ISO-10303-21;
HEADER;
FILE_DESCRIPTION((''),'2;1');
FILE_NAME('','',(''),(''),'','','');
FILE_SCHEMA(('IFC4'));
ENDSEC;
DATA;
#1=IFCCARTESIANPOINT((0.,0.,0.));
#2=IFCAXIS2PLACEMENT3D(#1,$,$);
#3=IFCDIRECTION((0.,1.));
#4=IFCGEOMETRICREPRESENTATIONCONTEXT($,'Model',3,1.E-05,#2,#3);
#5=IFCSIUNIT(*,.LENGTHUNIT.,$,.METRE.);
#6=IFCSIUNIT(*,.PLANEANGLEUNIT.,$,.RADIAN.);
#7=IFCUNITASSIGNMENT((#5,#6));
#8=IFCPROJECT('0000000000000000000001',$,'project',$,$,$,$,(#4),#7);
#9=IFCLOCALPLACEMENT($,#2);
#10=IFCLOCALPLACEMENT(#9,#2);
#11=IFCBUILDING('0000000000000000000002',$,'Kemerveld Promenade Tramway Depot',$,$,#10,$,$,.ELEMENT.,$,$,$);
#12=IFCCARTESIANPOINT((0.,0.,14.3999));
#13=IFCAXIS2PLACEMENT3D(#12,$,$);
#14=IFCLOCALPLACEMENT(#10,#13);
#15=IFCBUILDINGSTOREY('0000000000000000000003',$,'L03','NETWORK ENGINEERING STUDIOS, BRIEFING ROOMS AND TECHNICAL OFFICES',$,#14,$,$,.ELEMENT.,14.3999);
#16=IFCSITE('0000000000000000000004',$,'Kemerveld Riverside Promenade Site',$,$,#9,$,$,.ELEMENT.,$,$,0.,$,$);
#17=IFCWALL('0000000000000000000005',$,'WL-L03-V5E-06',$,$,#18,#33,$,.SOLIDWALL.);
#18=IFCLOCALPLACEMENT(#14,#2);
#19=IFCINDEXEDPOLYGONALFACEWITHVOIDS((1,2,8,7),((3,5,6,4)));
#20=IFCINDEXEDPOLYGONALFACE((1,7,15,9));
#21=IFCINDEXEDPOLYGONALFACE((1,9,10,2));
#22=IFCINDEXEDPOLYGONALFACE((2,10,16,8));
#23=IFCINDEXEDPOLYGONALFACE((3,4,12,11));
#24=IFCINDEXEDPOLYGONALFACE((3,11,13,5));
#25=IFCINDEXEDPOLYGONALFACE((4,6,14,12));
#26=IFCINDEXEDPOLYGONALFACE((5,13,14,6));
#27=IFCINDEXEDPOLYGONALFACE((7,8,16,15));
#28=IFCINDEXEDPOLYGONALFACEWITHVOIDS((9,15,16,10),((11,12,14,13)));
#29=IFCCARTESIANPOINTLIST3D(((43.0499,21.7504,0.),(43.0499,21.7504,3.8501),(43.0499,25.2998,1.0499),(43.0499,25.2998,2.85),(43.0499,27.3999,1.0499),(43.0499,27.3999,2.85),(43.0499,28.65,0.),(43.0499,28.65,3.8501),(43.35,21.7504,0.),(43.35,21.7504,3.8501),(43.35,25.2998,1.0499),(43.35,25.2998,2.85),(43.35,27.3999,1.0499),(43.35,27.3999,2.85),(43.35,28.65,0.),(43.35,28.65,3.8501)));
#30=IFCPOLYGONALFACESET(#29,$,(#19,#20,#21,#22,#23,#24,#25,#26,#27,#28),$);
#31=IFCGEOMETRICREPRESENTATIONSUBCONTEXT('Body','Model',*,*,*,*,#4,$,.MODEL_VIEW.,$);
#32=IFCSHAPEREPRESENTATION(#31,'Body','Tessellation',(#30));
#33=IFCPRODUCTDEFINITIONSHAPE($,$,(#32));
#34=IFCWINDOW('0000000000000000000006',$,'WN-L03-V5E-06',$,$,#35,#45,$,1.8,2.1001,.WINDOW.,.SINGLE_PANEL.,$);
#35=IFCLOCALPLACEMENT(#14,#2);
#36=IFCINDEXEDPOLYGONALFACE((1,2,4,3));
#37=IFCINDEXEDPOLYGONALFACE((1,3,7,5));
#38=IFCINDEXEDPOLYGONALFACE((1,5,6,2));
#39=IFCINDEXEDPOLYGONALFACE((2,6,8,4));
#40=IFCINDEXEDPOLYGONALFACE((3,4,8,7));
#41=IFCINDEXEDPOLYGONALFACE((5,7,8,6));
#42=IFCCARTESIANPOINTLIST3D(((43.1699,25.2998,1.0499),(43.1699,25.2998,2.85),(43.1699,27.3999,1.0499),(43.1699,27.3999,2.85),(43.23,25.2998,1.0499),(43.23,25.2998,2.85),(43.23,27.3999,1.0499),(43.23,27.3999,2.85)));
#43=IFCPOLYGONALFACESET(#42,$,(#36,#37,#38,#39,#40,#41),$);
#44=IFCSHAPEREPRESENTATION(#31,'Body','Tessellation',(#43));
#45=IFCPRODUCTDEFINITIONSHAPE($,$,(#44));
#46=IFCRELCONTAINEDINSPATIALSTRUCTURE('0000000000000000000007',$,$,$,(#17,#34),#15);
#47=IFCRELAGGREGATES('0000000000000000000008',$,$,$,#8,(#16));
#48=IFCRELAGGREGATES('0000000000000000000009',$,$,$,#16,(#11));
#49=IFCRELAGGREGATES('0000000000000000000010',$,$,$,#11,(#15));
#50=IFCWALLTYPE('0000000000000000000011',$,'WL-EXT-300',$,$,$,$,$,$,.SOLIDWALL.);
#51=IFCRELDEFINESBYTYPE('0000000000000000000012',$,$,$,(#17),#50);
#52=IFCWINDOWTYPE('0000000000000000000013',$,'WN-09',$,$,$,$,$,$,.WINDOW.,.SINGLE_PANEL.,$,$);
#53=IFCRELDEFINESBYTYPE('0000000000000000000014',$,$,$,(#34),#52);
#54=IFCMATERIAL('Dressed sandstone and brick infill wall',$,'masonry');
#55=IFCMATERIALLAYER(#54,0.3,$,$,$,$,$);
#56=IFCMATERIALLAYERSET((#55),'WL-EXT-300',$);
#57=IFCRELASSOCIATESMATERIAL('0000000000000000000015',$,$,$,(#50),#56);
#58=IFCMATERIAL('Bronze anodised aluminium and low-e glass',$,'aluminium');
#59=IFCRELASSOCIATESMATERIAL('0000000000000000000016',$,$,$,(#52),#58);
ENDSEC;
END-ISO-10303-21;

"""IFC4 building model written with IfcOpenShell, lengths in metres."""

from ifc_helpers import new_model, si_unit, direction, frame, frame_2d, origin, place, context, subcontext, project, spatial, rectangle, extrude, material, layer, layer_set, type_object, element, fill, save


model = new_model("IFC4")

# Units and contexts
model_context = context("Model", 3, precision=1e-05, world=origin(), true_north=direction((0.0, 1.0)))
body_context = subcontext(model_context, "Body", "Model", "MODEL_VIEW")
ifc_project = project(units=[si_unit("LENGTHUNIT", "METRE"), si_unit("PLANEANGLEUNIT", "RADIAN")], contexts=[model_context])

# Site, building, storey
site_placement = place(None, origin())
site = spatial("IfcSite", under=ifc_project, at=site_placement, Name="Kemerveld Riverside Promenade Site", CompositionType="ELEMENT", RefElevation=0.0)
building_placement = place(site_placement, origin())
building = spatial("IfcBuilding", under=site, at=building_placement, Name="Kemerveld Promenade Tramway Depot", CompositionType="ELEMENT")
storey_placement = place(building_placement, frame((0.0, 0.0, 14.3999)))
storey = spatial("IfcBuildingStorey", under=building, at=storey_placement, Name="L03", Description="NETWORK ENGINEERING STUDIOS, BRIEFING ROOMS AND TECHNICAL OFFICES", CompositionType="ELEMENT", Elevation=14.3999)

# Wall, opening, window
ifc_material_1 = material(Name="Dressed sandstone and brick infill wall", Category="masonry")
ifc_layer_1 = layer(ifc_material_1, 0.3)
ifc_layer_set_1 = layer_set([ifc_layer_1], Name="WL-EXT-300")
wall_type = type_object("IfcWallType", Name="WL-EXT-300", PredefinedType="SOLIDWALL", material=ifc_layer_set_1)
wall_placement = place(storey_placement, frame((43.2, 28.6499, 0.0), z_axis=(0.0, 0.0, 1.0), x_axis=(0.0, -1.0, 0.0)))
wall = element("IfcWall", 1, at=wall_placement, inside=storey, type_object=wall_type, Name="WL-L03-V5E-06", PredefinedType="SOLIDWALL", context=body_context, shape_type="SweptSolid", body=[
    extrude(rectangle(XDim=6.8997, YDim=0.3, at=frame_2d((3.4497, 0.0))), origin(), (0.0, 0.0, 1.0), 3.8501),
])
opening_placement = place(wall_placement, frame((1.25, 0.0, 1.05)))
opening = element("IfcOpeningElement", 2, at=opening_placement, cuts=wall, PredefinedType="OPENING", context=body_context, shape_type="SweptSolid", body=[
    extrude(rectangle(XDim=2.1001, YDim=1.8, at=frame_2d((1.05, 0.8999))), frame((0.0, 0.1599, 0.0), z_axis=(0.0, -1.0, 0.0), x_axis=(1.0, 0.0, 0.0)), (0.0, 0.0, 1.0), 0.3201),
])
ifc_material_2 = material(Name="Bronze anodised aluminium and low-e glass", Category="aluminium")
window_type = type_object("IfcWindowType", Name="WN-09", PartitioningType="SINGLE_PANEL", PredefinedType="WINDOW", material=ifc_material_2)
window_placement = place(opening_placement, origin())
window = element("IfcWindow", 3, at=window_placement, inside=storey, type_object=window_type, Name="WN-L03-V5E-06", OverallHeight=1.8, OverallWidth=2.1001, PartitioningType="SINGLE_PANEL", PredefinedType="WINDOW", context=body_context, shape_type="SweptSolid", body=[
    extrude(rectangle(XDim=2.1001, YDim=1.8, at=frame_2d((1.05, 0.8999))), frame((0.0, 0.03, 0.0), z_axis=(0.0, -1.0, 0.0), x_axis=(1.0, 0.0, 0.0)), (0.0, 0.0, 1.0), 0.0601),
])
fill(opening, window)

save(model, "model.ifc")
